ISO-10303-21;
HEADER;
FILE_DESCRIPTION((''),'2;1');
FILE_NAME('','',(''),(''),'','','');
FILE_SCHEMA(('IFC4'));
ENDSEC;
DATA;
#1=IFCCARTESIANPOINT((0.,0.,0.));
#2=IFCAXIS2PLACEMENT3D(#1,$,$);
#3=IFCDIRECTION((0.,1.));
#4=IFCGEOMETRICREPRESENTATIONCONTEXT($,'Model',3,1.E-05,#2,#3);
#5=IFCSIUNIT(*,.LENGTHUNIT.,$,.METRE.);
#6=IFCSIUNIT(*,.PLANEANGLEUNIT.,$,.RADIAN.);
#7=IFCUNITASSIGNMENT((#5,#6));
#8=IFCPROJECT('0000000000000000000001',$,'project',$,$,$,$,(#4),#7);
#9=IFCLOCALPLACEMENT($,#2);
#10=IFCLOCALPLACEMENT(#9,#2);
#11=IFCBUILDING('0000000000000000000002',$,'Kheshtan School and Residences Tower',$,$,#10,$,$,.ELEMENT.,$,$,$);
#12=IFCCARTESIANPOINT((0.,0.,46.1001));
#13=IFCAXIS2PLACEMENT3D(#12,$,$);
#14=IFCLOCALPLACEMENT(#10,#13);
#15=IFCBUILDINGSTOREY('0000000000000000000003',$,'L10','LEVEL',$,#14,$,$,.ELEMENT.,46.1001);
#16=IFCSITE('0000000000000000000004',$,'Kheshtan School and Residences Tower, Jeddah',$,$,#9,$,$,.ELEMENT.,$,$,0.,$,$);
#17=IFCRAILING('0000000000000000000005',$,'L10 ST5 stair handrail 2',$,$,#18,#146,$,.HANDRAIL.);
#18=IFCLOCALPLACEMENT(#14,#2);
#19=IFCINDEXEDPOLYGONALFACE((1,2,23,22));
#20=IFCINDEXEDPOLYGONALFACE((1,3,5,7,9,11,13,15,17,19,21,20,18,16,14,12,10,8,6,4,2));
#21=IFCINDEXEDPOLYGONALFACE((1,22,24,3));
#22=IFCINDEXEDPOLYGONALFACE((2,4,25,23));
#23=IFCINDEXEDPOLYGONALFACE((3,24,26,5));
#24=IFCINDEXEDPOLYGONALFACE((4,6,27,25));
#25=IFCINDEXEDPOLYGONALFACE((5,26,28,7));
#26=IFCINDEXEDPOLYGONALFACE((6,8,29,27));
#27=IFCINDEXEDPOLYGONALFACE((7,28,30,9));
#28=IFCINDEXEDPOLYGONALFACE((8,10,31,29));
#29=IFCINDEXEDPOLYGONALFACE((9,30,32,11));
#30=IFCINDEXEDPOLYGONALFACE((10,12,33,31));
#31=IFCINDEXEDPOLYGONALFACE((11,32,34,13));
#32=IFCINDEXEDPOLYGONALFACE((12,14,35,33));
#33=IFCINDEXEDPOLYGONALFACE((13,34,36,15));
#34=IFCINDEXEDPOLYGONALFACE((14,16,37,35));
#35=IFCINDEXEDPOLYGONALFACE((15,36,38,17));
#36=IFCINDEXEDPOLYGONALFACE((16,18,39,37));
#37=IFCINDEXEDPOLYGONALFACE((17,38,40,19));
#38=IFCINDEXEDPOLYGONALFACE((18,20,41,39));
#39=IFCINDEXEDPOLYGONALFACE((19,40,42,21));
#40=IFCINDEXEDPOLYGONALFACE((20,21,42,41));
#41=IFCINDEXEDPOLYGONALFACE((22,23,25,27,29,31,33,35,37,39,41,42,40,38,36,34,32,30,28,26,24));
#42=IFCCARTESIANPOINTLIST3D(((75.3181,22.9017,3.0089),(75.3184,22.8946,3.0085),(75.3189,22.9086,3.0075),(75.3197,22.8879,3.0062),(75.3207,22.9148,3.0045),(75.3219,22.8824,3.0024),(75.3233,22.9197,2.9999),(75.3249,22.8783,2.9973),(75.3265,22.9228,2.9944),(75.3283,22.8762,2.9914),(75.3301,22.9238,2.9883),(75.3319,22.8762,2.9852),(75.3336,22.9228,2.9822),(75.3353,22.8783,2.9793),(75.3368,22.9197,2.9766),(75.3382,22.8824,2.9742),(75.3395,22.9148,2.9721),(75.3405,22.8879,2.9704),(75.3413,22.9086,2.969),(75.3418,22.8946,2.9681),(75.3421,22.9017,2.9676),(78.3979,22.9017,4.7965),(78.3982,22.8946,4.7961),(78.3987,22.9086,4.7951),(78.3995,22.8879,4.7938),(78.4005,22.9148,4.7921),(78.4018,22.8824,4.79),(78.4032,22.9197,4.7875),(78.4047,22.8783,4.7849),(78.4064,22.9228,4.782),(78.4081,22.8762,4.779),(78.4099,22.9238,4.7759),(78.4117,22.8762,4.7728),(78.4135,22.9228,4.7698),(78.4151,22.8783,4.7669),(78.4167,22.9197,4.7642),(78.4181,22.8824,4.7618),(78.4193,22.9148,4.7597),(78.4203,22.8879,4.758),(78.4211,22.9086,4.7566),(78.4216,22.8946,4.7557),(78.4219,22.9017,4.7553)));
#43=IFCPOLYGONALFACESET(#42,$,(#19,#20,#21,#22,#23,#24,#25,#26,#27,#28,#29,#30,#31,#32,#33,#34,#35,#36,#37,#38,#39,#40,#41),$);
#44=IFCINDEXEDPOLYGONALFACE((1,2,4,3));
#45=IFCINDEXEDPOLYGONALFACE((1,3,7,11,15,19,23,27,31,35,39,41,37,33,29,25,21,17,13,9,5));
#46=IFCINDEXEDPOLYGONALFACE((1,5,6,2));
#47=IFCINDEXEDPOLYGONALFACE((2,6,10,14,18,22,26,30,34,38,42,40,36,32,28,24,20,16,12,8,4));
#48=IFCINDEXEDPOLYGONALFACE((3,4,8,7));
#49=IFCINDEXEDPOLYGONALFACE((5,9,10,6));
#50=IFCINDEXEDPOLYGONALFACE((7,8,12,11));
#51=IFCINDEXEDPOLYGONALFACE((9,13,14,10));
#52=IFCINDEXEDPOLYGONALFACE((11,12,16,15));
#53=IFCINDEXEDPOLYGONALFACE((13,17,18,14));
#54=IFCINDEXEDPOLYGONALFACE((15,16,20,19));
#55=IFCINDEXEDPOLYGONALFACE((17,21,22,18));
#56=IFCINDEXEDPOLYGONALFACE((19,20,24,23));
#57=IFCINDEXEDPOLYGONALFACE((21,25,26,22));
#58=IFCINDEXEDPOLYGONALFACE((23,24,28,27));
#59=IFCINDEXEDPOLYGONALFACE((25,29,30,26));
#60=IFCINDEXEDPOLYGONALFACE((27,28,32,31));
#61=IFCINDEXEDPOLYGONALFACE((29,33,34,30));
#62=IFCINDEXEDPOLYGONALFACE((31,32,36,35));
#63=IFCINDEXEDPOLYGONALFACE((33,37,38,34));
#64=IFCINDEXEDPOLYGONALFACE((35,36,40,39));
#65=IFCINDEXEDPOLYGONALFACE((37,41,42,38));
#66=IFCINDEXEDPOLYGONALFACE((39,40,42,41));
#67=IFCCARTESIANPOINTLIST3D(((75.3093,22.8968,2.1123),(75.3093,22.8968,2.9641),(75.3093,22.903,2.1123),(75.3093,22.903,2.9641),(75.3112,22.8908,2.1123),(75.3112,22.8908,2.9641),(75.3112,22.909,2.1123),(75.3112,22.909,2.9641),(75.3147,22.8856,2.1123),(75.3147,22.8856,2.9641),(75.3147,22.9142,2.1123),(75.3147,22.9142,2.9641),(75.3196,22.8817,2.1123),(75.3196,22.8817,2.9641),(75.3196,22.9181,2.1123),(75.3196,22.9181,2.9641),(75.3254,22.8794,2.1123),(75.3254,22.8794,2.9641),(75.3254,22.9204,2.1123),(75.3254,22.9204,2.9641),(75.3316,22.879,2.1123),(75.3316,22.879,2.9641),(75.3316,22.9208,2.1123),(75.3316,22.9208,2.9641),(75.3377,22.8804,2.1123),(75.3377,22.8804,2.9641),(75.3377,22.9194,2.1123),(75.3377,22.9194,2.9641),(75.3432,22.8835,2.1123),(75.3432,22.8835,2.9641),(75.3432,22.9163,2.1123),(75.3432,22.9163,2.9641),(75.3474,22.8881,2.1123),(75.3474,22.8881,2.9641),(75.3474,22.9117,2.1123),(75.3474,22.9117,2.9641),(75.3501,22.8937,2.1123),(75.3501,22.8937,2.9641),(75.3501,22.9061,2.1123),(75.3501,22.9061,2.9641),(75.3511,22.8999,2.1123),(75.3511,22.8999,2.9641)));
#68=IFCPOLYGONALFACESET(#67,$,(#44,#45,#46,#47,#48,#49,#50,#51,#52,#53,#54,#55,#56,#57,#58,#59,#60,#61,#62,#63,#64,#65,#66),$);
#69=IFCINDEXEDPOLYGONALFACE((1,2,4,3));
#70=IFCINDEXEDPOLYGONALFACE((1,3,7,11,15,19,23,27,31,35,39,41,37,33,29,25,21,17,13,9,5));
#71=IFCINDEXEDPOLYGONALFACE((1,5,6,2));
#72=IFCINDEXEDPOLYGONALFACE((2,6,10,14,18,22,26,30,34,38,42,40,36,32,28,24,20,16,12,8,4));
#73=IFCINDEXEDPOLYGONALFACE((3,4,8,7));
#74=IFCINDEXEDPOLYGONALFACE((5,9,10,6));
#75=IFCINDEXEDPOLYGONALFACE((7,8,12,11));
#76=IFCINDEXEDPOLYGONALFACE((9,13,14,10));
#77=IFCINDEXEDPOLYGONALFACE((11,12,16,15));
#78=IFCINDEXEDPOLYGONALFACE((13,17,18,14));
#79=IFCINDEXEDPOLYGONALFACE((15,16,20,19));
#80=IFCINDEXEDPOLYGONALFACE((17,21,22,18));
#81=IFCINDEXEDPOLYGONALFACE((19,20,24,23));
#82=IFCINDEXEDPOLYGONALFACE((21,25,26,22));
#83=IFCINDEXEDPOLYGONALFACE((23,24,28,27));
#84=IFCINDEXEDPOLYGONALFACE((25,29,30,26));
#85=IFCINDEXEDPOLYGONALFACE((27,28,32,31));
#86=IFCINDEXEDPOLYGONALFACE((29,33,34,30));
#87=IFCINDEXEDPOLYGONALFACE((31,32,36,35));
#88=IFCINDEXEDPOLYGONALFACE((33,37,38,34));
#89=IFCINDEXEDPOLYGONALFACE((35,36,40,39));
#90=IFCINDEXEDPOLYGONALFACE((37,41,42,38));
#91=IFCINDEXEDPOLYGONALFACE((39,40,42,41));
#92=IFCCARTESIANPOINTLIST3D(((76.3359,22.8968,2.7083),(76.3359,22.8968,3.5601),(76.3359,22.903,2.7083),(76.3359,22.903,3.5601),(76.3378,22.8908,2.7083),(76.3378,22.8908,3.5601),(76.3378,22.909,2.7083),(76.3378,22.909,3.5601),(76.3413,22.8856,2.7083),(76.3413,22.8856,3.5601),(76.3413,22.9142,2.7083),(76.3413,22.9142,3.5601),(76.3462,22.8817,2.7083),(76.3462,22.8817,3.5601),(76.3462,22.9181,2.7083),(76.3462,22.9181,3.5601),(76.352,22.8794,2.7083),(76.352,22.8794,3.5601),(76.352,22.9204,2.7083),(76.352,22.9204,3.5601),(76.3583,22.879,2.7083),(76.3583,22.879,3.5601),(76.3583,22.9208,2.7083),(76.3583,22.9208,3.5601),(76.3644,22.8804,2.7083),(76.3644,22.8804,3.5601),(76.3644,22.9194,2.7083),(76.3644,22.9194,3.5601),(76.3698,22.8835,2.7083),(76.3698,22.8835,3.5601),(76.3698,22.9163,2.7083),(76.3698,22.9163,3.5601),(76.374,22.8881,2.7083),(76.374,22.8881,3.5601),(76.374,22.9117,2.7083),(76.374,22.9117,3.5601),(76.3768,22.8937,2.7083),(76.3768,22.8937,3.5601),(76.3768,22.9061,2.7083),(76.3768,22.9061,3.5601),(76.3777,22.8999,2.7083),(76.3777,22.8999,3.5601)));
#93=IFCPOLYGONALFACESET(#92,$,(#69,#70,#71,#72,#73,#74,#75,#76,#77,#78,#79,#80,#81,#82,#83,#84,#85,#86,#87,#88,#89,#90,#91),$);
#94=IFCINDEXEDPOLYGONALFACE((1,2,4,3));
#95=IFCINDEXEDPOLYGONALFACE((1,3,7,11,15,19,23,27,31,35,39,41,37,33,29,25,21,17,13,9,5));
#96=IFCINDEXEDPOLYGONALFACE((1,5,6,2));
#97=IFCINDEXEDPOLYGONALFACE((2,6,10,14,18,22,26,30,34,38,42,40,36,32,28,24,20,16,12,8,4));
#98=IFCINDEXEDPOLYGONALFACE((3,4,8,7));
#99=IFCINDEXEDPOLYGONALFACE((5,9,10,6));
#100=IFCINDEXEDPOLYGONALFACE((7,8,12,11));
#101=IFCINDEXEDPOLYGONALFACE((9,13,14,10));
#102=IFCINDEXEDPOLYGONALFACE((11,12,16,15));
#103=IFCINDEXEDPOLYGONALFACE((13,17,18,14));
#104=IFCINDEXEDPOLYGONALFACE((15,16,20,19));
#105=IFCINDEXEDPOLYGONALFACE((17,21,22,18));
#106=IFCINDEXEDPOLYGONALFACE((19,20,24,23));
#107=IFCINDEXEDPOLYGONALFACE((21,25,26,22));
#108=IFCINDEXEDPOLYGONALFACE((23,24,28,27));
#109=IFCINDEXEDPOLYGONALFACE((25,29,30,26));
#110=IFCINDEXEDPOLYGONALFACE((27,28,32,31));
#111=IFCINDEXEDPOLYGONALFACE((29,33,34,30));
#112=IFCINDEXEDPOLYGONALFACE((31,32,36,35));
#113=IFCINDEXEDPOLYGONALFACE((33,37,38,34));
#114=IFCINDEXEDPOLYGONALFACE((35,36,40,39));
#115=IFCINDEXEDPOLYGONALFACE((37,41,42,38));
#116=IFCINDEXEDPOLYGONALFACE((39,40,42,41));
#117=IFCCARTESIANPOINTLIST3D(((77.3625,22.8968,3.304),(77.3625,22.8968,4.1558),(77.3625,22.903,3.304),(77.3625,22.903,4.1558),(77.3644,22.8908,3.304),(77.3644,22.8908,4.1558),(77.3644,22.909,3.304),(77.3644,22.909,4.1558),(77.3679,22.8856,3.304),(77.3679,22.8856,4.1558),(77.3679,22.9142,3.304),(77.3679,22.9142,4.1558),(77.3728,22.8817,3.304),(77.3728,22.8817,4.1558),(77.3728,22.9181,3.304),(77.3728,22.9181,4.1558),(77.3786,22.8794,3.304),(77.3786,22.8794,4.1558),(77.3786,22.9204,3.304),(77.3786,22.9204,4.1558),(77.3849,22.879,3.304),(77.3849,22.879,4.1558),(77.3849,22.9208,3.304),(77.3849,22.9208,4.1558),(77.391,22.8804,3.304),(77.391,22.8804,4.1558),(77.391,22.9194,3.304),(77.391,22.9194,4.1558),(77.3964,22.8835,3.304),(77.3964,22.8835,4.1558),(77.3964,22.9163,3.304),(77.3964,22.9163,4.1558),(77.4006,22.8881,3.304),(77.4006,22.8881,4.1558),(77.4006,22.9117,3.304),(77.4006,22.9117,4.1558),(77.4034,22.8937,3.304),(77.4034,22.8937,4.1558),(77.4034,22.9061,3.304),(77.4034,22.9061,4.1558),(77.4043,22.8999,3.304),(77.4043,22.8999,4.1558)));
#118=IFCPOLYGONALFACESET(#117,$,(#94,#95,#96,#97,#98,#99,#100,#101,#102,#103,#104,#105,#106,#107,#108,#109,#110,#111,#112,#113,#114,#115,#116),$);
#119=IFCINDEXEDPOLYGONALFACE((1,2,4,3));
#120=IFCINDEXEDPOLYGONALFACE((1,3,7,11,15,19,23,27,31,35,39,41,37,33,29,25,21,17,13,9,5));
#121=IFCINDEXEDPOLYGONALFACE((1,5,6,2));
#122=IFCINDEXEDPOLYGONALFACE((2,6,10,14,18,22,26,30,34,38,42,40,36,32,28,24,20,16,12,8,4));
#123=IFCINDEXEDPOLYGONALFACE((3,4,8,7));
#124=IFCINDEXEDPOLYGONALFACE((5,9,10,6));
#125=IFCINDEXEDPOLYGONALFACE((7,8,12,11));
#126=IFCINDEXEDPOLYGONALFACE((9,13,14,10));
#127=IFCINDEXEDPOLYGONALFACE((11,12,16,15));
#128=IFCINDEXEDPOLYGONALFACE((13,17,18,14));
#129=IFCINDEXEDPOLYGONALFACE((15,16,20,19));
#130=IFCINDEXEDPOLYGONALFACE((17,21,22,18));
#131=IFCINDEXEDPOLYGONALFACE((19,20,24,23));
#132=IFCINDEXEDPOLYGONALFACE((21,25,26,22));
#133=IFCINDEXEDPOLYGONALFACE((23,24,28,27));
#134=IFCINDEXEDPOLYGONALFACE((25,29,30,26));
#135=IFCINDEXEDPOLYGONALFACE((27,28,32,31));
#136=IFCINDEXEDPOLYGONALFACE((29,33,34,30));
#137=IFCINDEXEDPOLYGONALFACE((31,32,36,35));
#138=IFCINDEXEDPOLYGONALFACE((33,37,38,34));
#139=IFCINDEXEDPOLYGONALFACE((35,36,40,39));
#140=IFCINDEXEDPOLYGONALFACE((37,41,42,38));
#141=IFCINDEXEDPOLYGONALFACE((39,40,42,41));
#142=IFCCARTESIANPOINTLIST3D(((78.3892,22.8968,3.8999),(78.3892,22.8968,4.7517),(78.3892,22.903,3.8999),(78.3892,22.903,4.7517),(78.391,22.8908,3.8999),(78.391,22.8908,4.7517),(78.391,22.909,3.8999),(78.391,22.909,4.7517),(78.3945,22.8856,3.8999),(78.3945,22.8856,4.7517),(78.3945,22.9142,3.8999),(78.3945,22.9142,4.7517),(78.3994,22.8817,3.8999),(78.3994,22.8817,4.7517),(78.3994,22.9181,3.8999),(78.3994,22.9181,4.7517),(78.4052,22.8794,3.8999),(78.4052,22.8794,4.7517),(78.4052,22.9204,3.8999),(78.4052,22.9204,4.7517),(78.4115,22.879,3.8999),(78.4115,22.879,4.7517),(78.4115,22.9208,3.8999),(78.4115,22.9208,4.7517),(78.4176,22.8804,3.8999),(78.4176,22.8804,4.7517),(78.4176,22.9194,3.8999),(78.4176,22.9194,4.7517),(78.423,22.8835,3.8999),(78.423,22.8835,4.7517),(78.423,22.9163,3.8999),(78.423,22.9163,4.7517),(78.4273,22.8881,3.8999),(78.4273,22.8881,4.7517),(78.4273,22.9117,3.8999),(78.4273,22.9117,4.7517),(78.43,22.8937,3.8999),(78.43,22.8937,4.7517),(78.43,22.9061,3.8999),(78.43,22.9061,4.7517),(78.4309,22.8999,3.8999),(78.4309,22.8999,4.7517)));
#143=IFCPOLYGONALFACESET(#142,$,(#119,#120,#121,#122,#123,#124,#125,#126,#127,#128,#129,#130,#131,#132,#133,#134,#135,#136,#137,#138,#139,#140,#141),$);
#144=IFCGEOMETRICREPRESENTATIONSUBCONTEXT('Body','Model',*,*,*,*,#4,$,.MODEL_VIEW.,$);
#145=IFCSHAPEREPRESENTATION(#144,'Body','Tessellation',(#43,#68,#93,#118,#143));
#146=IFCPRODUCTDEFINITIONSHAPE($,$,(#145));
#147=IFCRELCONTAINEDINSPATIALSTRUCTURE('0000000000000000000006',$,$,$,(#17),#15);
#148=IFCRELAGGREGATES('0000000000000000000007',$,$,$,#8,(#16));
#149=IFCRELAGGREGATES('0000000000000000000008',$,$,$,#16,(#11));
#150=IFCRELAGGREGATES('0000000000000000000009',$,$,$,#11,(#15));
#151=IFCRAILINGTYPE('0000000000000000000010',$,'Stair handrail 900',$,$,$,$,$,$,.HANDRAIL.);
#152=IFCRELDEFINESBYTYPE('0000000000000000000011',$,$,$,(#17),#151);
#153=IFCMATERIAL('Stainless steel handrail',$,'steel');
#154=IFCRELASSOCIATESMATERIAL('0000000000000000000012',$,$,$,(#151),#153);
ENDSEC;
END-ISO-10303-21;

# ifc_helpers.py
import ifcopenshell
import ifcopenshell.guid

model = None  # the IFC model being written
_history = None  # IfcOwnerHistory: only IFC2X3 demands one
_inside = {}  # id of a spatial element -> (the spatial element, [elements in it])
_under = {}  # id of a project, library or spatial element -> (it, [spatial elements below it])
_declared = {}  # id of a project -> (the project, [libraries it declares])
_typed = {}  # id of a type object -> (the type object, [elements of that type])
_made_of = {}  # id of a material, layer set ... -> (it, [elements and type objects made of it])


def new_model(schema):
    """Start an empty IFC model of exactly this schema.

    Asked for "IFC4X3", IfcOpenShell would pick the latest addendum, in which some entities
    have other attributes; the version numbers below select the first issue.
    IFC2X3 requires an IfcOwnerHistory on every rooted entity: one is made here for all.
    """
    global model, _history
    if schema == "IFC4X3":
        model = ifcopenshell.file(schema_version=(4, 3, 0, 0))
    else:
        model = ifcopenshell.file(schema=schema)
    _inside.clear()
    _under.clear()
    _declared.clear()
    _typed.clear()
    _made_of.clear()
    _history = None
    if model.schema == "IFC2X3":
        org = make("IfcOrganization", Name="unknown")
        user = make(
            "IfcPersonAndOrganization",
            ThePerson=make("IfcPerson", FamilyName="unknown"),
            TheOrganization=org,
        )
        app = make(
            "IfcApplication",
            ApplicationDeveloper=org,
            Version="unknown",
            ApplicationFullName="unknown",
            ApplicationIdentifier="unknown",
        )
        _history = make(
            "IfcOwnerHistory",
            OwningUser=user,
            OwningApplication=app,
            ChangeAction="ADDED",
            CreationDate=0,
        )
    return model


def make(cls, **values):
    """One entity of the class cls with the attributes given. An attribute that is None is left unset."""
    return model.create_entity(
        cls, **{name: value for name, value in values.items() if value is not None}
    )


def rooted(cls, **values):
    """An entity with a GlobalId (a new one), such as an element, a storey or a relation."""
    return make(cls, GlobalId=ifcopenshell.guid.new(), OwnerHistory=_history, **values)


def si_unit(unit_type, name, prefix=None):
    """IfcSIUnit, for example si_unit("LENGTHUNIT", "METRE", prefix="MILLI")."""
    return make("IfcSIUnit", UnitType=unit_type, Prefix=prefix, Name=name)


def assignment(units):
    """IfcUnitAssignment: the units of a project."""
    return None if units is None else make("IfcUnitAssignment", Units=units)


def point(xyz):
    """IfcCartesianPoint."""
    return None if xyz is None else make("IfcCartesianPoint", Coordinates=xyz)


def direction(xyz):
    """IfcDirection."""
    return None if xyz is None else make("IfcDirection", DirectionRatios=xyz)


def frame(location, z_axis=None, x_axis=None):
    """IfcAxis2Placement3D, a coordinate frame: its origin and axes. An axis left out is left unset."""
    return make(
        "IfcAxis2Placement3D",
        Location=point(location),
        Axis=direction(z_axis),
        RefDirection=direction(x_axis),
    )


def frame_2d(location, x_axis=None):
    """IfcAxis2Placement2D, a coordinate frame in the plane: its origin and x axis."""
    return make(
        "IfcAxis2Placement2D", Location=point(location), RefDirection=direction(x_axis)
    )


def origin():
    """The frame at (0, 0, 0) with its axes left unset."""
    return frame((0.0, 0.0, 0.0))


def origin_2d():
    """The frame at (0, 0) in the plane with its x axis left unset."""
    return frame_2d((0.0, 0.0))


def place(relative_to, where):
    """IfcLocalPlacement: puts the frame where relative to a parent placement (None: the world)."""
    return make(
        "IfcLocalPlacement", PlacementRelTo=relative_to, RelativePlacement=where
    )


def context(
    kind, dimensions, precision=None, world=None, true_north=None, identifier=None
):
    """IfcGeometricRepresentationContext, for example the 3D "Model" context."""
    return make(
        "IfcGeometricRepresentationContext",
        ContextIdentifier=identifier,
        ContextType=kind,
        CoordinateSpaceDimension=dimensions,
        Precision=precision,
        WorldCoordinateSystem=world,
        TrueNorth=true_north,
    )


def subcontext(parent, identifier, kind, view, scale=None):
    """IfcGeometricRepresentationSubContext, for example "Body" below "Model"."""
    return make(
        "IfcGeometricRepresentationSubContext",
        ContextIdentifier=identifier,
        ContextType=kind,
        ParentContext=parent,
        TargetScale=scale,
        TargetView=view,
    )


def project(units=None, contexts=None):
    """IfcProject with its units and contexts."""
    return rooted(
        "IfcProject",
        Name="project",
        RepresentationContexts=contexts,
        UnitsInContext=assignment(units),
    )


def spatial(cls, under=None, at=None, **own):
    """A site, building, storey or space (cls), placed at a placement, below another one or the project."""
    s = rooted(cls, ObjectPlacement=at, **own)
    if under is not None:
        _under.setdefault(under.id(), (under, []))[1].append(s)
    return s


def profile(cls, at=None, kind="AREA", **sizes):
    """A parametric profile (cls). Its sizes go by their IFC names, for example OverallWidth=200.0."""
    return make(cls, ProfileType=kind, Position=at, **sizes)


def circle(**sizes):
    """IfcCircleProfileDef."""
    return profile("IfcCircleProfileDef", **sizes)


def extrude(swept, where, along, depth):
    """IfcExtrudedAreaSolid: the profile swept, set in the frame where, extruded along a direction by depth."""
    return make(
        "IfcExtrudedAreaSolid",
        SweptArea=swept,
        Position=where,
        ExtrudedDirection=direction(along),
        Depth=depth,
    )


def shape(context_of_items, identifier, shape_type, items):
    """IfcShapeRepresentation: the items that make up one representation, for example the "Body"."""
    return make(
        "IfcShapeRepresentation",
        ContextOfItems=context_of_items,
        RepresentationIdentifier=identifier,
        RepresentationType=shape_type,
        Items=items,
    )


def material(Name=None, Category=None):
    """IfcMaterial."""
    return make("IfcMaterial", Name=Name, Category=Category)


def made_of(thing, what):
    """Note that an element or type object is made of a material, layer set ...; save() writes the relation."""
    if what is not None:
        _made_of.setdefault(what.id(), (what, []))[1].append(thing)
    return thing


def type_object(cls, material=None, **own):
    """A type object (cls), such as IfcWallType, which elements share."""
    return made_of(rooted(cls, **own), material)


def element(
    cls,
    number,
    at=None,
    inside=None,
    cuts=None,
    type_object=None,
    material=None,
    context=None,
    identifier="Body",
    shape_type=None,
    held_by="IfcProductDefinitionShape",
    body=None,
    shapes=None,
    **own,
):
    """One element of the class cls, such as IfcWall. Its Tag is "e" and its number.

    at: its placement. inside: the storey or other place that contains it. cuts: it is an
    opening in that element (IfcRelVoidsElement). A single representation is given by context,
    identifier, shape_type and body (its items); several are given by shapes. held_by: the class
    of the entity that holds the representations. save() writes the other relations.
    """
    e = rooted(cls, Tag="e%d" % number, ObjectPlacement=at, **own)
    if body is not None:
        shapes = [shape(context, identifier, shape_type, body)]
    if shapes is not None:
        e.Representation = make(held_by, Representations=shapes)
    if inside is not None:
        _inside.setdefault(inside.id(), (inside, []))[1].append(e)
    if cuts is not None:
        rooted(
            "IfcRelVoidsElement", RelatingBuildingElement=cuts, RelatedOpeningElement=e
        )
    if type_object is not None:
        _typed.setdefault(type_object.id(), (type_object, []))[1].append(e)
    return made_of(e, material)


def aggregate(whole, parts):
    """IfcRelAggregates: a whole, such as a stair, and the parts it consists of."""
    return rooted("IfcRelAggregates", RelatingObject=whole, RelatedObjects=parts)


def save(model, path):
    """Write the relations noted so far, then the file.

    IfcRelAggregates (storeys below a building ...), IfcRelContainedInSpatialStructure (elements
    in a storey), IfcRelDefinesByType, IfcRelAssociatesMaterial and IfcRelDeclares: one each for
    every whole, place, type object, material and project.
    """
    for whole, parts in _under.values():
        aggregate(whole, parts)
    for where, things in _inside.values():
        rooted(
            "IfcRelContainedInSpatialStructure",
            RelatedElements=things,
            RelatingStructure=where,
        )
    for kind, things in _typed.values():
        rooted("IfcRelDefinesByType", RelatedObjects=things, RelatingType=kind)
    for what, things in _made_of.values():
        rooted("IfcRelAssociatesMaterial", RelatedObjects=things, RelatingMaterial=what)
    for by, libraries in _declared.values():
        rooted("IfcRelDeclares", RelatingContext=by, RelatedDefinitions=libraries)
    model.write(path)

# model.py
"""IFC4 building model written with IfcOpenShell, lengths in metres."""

from ifc_helpers import new_model, si_unit, direction, frame, origin, origin_2d, place, context, subcontext, project, spatial, circle, extrude, material, type_object, element, save


model = new_model("IFC4")

# Units and contexts
model_context = context("Model", 3, precision=1e-05, world=origin(), true_north=direction((0.0, 1.0)))
body_context = subcontext(model_context, "Body", "Model", "MODEL_VIEW")
ifc_project = project(units=[si_unit("LENGTHUNIT", "METRE"), si_unit("PLANEANGLEUNIT", "RADIAN")], contexts=[model_context])

# Site, building, storey
site_placement = place(None, origin())
site = spatial("IfcSite", under=ifc_project, at=site_placement, Name="Kheshtan School and Residences Tower, Jeddah", CompositionType="ELEMENT", RefElevation=0.0)
building_placement = place(site_placement, origin())
building = spatial("IfcBuilding", under=site, at=building_placement, Name="Kheshtan School and Residences Tower", CompositionType="ELEMENT")
storey_placement = place(building_placement, frame((0.0, 0.0, 46.1001)))
storey = spatial("IfcBuildingStorey", under=building, at=storey_placement, Name="L10", Description="LEVEL", CompositionType="ELEMENT", Elevation=46.1001)

# Railing
ifc_material_1 = material(Name="Stainless steel handrail", Category="steel")
railing_type_1 = type_object("IfcRailingType", Name="Stair handrail 900", PredefinedType="HANDRAIL", material=ifc_material_1)
railing_1_placement = place(storey_placement, frame((75.3301, 22.8999, 2.1123)))
element("IfcRailing", 1, at=railing_1_placement, inside=storey, type_object=railing_type_1, Name="L10 ST5 stair handrail 2", PredefinedType="HANDRAIL", context=body_context, shape_type="SweptSolid", body=[
    extrude(circle(Radius=0.0239, at=origin_2d()), frame((0.0, 0.0, 0.876), z_axis=(0.864873, 0.0, 0.50199), x_axis=(0.0, 1.0, 0.0)), (0.0, 0.0, 1.0), 3.561),
    extrude(circle(Radius=0.021, at=origin_2d()), origin(), (0.0, 0.0, 1.0), 0.8518),
    extrude(circle(Radius=0.021, at=origin_2d()), frame((1.0266, 0.0, 0.5959)), (0.0, 0.0, 1.0), 0.8518),
    extrude(circle(Radius=0.021, at=origin_2d()), frame((2.0532, 0.0, 1.1917)), (0.0, 0.0, 1.0), 0.8518),
    extrude(circle(Radius=0.021, at=origin_2d()), frame((3.0798, 0.0, 1.7876)), (0.0, 0.0, 1.0), 0.8518),
])

save(model, "model.ifc")
